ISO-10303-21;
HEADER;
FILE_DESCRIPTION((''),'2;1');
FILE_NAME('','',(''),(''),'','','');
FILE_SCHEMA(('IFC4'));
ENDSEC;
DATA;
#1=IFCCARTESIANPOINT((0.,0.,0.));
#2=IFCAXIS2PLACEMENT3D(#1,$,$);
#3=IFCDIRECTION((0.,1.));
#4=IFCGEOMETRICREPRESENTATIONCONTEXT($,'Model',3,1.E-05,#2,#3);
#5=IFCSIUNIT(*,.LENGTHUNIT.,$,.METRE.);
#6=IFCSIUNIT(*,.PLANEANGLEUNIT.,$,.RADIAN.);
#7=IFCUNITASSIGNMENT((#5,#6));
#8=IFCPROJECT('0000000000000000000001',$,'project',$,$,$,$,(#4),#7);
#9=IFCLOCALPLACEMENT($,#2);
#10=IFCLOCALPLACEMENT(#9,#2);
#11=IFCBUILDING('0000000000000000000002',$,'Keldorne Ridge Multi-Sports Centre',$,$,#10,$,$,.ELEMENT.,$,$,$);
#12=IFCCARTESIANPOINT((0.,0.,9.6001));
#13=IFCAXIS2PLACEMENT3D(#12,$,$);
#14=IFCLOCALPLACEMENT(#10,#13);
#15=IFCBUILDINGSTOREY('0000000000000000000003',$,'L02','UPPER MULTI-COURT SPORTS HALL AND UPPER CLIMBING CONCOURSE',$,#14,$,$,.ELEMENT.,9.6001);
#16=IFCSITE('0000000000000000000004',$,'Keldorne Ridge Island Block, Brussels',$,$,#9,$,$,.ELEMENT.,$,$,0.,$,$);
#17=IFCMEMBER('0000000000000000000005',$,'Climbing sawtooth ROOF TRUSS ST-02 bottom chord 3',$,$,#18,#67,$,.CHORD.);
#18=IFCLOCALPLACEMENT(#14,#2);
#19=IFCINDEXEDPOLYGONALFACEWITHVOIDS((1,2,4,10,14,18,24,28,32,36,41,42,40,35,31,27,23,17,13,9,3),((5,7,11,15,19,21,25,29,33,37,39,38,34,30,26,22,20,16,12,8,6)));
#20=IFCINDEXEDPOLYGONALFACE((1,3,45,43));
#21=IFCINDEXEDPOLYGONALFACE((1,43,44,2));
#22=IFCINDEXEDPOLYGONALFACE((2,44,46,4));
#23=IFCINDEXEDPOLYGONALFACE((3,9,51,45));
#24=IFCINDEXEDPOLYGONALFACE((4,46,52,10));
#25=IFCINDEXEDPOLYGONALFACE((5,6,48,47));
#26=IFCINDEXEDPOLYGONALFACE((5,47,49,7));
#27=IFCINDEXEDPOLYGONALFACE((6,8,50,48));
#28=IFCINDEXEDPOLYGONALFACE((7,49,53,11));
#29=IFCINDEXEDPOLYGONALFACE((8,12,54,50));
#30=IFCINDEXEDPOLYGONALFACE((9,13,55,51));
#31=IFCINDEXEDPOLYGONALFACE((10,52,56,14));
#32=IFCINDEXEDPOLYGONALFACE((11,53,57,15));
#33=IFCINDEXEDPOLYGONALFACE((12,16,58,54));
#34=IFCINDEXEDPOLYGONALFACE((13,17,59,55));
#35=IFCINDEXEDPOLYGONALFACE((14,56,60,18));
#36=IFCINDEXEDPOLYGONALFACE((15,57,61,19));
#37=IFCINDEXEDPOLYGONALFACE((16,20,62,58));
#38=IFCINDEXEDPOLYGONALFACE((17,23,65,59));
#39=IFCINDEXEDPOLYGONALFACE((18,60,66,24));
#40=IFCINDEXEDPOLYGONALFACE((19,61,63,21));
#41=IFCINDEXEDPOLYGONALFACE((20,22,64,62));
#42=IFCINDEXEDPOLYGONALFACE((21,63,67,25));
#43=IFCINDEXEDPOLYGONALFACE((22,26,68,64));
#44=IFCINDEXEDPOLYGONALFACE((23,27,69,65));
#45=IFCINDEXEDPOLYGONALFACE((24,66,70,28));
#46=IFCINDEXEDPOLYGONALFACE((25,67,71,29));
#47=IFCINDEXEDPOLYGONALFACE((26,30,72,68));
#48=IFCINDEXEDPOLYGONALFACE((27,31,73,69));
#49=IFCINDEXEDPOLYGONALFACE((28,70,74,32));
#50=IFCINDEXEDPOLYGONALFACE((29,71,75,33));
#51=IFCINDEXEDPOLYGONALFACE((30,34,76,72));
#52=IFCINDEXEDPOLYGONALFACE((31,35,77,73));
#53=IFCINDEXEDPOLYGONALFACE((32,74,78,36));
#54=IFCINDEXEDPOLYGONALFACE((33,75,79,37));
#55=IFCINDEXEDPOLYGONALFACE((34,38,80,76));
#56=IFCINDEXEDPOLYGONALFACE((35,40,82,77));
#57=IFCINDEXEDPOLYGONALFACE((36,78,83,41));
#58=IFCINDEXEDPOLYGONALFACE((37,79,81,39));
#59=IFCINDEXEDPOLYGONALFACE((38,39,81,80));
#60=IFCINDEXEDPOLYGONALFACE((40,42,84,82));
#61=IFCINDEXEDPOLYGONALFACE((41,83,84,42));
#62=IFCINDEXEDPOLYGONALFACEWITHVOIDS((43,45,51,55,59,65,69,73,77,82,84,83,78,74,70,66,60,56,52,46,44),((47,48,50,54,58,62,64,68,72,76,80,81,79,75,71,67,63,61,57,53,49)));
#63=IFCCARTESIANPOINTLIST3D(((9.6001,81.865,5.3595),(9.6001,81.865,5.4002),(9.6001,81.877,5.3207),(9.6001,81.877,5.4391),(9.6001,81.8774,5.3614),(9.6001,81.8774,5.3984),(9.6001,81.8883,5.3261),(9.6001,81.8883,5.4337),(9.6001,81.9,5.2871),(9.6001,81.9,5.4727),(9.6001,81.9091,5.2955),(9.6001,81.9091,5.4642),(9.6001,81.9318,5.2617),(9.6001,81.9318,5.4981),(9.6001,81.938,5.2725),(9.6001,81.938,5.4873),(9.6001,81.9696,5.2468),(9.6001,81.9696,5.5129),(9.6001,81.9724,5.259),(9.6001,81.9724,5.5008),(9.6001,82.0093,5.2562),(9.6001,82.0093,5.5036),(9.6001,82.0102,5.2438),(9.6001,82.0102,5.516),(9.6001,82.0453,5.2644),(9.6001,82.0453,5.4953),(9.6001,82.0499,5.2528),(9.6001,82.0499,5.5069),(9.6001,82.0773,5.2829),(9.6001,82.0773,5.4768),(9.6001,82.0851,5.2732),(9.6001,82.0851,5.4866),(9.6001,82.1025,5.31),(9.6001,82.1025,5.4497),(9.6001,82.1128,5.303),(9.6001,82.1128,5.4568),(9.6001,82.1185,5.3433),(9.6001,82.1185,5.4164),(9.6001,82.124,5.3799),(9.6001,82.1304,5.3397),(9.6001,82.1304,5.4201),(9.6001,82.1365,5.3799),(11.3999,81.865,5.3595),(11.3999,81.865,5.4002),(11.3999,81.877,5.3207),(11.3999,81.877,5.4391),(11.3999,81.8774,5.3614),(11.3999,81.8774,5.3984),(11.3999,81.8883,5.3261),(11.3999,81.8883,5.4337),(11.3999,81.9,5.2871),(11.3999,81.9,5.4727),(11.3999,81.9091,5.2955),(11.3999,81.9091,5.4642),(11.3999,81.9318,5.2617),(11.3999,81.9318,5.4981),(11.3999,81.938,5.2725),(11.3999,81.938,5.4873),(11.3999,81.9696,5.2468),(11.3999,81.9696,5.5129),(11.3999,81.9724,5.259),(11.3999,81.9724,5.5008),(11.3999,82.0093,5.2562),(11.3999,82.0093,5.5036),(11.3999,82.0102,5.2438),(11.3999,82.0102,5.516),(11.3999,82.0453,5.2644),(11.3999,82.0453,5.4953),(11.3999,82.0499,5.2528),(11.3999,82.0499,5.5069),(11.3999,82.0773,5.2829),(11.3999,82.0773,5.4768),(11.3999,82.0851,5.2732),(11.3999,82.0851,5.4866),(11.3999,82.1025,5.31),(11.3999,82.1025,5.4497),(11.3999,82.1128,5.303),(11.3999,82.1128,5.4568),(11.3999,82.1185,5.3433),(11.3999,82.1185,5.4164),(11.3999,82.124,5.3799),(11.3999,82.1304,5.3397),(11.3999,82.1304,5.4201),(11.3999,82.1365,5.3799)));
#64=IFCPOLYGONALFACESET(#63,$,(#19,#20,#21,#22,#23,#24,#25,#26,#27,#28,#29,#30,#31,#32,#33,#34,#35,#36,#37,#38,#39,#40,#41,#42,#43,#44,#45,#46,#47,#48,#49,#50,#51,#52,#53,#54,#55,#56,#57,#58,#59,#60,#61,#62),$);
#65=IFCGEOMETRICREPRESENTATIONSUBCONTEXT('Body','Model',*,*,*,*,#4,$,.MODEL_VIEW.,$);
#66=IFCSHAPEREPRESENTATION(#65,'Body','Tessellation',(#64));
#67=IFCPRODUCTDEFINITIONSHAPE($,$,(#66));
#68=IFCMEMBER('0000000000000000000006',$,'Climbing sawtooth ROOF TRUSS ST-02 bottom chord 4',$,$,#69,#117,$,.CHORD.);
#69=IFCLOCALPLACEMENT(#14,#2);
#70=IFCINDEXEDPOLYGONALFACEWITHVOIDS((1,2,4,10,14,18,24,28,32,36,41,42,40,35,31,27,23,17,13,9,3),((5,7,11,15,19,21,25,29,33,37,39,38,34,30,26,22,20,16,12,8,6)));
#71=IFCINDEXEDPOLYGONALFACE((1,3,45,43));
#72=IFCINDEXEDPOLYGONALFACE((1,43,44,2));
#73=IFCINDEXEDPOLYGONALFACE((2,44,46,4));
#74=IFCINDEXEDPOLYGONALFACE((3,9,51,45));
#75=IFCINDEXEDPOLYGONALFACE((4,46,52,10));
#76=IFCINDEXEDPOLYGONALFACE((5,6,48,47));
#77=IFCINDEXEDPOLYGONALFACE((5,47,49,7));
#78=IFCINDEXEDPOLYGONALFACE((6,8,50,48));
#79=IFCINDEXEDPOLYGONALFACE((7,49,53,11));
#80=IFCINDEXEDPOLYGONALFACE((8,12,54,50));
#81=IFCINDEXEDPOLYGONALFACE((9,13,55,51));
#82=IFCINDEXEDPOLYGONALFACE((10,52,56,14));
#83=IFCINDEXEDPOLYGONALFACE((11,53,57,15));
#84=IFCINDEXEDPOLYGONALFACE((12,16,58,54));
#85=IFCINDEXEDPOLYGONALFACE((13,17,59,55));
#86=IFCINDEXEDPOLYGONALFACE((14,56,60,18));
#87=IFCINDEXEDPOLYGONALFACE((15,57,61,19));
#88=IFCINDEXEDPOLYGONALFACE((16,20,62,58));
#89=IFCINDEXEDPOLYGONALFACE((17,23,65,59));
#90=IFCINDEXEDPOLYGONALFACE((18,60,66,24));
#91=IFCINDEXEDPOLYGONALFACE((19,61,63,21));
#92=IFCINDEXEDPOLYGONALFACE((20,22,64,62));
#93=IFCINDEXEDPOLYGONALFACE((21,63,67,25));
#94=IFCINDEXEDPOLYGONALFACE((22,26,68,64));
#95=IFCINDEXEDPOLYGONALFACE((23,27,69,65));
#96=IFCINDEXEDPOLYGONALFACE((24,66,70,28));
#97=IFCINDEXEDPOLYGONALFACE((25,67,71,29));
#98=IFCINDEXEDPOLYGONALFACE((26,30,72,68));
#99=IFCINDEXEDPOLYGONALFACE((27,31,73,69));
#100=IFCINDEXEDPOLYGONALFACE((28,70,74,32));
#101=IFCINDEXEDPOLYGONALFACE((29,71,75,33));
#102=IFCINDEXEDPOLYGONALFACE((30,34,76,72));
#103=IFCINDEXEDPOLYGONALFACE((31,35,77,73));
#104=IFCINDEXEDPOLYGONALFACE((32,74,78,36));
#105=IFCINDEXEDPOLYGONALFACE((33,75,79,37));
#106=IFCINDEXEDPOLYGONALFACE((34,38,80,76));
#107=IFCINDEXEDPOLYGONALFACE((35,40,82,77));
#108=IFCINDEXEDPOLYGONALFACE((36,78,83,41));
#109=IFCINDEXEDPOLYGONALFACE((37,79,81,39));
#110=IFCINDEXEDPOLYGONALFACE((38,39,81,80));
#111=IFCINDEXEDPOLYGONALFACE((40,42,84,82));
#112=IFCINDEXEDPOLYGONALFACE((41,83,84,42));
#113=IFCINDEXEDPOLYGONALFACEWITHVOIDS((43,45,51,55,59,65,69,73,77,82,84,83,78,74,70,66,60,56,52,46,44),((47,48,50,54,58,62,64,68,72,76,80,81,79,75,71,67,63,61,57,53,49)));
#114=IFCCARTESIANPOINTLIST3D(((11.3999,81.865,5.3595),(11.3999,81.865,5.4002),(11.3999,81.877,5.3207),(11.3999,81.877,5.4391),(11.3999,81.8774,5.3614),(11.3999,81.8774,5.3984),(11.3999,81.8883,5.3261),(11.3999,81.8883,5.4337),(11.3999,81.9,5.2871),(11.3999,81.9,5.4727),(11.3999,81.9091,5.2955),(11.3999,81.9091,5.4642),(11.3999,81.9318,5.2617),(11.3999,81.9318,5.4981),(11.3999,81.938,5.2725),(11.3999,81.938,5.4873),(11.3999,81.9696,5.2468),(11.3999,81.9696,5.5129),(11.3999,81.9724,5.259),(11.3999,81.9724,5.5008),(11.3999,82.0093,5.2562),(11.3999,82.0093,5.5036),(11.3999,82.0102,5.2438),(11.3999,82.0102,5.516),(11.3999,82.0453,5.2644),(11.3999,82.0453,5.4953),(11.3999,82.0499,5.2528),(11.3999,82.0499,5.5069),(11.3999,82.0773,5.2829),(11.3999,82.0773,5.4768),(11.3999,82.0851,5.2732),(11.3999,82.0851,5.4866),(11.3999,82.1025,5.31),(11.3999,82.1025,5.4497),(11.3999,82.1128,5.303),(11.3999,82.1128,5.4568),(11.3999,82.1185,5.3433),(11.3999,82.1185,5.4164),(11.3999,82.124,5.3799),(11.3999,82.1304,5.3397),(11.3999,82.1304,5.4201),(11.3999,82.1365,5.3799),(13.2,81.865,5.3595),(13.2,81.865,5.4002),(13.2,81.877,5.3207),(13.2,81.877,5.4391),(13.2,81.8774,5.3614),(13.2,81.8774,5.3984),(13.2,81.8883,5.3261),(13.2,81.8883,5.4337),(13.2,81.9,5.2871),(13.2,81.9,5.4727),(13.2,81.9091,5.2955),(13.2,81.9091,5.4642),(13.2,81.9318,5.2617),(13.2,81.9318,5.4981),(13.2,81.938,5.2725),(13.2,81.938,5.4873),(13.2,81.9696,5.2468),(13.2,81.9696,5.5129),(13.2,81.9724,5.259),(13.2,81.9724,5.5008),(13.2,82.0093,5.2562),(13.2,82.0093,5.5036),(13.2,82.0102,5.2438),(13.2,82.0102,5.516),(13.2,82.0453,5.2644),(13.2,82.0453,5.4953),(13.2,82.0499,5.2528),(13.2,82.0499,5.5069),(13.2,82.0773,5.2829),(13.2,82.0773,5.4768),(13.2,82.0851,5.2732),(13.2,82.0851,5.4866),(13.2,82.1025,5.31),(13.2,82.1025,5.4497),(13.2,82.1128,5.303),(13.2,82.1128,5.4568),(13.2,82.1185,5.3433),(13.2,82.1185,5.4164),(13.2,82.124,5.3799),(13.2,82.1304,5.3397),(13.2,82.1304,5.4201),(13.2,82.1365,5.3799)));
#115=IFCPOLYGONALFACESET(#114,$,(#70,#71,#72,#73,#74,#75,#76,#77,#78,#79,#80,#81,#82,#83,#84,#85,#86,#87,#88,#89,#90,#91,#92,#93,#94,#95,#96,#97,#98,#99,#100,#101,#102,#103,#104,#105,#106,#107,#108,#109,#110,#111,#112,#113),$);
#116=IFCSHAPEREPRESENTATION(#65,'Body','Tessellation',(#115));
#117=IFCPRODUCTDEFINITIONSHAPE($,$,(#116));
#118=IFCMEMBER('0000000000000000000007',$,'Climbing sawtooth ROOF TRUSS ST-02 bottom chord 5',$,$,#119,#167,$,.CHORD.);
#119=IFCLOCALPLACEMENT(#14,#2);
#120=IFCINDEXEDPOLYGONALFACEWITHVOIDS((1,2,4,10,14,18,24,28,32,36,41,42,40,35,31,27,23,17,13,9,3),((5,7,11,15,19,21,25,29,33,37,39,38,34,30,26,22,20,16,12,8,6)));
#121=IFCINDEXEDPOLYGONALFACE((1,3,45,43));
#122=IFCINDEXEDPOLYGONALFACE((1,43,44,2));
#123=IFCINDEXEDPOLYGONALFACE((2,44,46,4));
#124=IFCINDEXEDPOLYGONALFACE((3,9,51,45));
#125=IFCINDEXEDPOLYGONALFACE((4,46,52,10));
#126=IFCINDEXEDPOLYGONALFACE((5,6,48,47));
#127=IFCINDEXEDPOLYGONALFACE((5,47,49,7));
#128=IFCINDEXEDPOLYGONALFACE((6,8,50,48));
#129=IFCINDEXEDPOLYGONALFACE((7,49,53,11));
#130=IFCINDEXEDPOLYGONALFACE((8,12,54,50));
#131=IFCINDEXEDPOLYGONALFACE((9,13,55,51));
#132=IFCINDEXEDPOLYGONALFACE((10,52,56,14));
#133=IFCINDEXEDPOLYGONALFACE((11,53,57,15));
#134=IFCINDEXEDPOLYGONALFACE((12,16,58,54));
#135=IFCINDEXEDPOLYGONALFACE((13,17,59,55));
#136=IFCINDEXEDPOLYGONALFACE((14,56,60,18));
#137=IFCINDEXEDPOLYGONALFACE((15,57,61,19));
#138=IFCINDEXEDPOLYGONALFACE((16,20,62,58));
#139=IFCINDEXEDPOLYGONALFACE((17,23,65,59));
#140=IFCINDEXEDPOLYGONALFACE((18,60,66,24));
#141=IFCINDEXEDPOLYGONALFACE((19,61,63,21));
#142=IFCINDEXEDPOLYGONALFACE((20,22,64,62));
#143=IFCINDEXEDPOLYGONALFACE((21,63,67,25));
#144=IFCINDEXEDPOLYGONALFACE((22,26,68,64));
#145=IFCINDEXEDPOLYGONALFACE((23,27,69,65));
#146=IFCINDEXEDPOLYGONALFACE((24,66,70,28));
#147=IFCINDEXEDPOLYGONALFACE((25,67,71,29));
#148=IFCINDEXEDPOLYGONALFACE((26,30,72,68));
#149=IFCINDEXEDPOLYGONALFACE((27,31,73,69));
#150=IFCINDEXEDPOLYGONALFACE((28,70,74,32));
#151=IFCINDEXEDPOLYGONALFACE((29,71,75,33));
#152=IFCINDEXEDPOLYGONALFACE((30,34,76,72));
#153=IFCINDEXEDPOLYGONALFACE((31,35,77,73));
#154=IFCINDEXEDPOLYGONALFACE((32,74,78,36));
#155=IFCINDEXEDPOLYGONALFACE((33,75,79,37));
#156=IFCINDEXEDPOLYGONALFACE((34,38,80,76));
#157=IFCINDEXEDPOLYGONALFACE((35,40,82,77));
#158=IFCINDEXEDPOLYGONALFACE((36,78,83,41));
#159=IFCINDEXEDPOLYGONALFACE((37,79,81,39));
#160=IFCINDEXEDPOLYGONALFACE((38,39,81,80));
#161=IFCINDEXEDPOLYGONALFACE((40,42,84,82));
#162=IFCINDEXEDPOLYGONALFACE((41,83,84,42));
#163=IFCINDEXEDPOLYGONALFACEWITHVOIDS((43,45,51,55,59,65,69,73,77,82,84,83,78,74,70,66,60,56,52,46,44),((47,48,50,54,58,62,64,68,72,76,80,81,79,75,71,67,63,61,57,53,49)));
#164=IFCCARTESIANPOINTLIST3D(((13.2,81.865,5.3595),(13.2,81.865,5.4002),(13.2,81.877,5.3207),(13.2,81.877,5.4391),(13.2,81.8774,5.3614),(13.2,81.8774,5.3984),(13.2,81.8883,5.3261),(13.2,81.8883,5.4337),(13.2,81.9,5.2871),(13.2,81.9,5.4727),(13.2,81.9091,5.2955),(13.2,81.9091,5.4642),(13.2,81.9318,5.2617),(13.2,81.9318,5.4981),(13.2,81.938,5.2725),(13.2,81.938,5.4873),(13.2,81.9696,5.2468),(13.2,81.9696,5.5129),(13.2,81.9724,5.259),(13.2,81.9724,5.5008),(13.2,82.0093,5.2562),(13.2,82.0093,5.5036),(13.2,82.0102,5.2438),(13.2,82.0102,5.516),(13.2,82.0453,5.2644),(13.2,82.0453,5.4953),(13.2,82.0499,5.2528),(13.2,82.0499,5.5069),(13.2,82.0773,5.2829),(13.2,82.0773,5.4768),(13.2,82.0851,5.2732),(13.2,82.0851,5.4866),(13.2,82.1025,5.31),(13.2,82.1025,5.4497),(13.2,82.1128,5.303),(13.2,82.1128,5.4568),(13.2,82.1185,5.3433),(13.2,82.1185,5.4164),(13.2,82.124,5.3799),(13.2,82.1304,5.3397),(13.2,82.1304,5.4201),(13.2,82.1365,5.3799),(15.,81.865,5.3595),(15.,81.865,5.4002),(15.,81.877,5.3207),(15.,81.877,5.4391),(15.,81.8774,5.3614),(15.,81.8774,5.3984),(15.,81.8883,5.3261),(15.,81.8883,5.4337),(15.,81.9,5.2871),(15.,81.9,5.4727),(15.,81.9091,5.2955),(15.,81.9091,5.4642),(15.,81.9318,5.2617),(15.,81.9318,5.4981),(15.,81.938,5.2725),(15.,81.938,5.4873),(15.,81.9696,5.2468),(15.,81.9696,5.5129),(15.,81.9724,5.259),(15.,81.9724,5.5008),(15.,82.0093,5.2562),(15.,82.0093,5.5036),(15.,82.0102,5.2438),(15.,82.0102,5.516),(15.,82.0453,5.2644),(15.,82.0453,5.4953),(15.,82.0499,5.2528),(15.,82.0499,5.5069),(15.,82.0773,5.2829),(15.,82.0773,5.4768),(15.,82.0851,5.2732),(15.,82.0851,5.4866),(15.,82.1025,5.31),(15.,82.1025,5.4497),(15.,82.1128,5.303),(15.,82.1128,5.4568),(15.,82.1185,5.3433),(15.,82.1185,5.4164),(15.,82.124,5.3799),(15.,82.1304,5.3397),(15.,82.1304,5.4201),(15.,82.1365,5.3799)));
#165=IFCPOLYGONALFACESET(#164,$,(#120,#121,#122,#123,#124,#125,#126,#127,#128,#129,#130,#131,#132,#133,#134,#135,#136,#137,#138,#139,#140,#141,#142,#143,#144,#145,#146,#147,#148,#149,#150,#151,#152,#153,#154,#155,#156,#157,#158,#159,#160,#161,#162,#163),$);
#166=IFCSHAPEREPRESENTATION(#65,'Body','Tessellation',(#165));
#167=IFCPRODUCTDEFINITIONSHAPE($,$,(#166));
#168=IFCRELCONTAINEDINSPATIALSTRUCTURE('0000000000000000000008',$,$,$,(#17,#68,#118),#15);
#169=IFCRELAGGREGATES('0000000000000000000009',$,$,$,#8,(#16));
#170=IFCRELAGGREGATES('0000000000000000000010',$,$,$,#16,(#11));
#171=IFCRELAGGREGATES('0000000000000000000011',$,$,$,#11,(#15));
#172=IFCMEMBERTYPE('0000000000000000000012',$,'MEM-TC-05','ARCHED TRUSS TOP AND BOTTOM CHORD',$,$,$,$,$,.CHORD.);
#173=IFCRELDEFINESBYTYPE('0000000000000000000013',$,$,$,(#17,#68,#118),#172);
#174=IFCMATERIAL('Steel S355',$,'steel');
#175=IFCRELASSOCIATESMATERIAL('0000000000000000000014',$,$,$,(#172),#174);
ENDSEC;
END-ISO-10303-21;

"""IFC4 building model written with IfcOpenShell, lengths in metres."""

from ifc_helpers import new_model, si_unit, direction, frame, origin, origin_2d, place, context, subcontext, project, spatial, hollow_circle, extrude, material, material_profile, profile_set, type_object, element, save


model = new_model("IFC4")

# Units and contexts
model_context = context("Model", 3, precision=1e-05, world=origin(), true_north=direction((0.0, 1.0)))
body_context = subcontext(model_context, "Body", "Model", "MODEL_VIEW")
ifc_project = project(units=[si_unit("LENGTHUNIT", "METRE"), si_unit("PLANEANGLEUNIT", "RADIAN")], contexts=[model_context])

# Site, building, storey
site_placement = place(None, origin())
site = spatial("IfcSite", under=ifc_project, at=site_placement, Name="Keldorne Ridge Island Block, Brussels", CompositionType="ELEMENT", RefElevation=0.0)
building_placement = place(site_placement, origin())
building = spatial("IfcBuilding", under=site, at=building_placement, Name="Keldorne Ridge Multi-Sports Centre", CompositionType="ELEMENT")
storey_placement = place(building_placement, frame((0.0, 0.0, 9.6001)))
storey = spatial("IfcBuildingStorey", under=building, at=storey_placement, Name="L02", Description="UPPER MULTI-COURT SPORTS HALL AND UPPER CLIMBING CONCOURSE", CompositionType="ELEMENT", Elevation=9.6001)

# Shared definitions
ifc_material_1 = material(Name="Steel S355", Category="steel")

# Members
ifc_material_profile_1 = material_profile(ifc_material_1, hollow_circle(Radius=0.1365, WallThickness=0.0125, at=origin_2d()), Name="CHS 273x12.5")
ifc_profile_set_1 = profile_set([ifc_material_profile_1], Name="Steel S355")
member_type_1 = type_object("IfcMemberType", Name="MEM-TC-05", Description="ARCHED TRUSS TOP AND BOTTOM CHORD", PredefinedType="CHORD", material=ifc_profile_set_1)
member_1_placement = place(storey_placement, frame((9.6001, 82.0, 5.3799), z_axis=(1.0, 0.0, 0.0), x_axis=(0.0, 1.0, 0.0)))
element("IfcMember", 1, at=member_1_placement, inside=storey, type_object=member_type_1, Name="Climbing sawtooth ROOF TRUSS ST-02 bottom chord 3", PredefinedType="CHORD", context=body_context, shape_type="SweptSolid", body=[
    extrude(hollow_circle(Radius=0.1365, WallThickness=0.0125, at=origin_2d()), origin(), (0.0, 0.0, 1.0), 1.7998),
])
for number, where, z_axis, x_axis, name in (
    (2, (11.3999, 82.0, 5.3799), (1.0, 0.0, 0.0), (0.0, 1.0, 0.0), "Climbing sawtooth ROOF TRUSS ST-02 bottom chord 4"),
    (3, (13.2, 82.0, 5.3799), (1.0, 0.0, 0.0), (0.0, 1.0, 0.0), "Climbing sawtooth ROOF TRUSS ST-02 bottom chord 5"),
):
    element("IfcMember", number, at=place(storey_placement, frame(where, z_axis=z_axis, x_axis=x_axis)), inside=storey, type_object=member_type_1, Name=name, PredefinedType="CHORD", context=body_context, shape_type="SweptSolid", body=[
        extrude(hollow_circle(Radius=0.1365, WallThickness=0.0125, at=origin_2d()), origin(), (0.0, 0.0, 1.0), 1.8),
    ])

save(model, "model.ifc")
